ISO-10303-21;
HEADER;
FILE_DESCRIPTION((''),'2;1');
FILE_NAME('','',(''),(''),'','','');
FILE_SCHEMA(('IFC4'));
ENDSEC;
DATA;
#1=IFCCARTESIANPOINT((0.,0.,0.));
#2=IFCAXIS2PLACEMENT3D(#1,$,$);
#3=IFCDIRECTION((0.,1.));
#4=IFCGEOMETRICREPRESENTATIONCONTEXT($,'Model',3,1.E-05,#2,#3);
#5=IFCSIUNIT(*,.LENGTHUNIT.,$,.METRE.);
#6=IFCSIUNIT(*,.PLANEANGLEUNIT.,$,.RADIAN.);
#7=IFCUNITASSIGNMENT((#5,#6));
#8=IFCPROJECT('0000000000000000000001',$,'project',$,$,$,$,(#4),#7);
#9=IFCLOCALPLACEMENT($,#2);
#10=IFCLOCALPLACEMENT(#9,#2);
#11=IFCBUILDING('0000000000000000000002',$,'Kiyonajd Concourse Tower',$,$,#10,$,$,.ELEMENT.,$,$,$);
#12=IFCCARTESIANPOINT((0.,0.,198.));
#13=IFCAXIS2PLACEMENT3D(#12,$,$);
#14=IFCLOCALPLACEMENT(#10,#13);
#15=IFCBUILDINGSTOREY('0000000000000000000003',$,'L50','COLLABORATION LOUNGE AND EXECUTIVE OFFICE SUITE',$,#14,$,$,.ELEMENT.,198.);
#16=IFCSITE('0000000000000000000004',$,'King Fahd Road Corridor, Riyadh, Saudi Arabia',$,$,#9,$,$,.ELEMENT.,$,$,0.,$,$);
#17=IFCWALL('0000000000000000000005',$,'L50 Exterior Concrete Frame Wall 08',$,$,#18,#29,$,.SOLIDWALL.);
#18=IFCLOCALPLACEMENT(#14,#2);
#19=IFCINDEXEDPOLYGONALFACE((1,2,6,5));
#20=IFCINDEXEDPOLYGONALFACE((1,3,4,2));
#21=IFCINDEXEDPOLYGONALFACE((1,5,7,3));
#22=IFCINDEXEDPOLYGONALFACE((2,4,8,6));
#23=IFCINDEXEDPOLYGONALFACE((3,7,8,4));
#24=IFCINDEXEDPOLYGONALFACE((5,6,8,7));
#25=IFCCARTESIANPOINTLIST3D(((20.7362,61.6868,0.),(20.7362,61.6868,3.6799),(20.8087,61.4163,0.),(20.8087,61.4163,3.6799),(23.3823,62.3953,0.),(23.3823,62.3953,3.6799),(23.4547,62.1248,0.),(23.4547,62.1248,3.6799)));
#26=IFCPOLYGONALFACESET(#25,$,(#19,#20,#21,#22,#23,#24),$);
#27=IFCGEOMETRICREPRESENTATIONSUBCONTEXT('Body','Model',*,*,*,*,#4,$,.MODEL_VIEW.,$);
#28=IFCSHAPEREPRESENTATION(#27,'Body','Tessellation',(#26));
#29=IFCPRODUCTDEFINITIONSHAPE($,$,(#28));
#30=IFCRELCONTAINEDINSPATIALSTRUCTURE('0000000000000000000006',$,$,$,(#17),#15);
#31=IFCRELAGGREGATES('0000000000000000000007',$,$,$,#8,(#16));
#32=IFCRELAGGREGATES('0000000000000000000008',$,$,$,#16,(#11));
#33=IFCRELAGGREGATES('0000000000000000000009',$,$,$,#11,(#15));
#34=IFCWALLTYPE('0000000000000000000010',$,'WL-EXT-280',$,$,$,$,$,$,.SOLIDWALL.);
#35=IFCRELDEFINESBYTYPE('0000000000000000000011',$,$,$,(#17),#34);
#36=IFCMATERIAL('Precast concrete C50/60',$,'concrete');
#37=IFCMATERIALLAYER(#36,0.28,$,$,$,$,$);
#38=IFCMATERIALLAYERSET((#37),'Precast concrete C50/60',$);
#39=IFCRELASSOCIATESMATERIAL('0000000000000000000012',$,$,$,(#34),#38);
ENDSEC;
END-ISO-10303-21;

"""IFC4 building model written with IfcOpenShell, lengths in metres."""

from ifc_helpers import new_model, si_unit, direction, frame, frame_2d, origin, place, context, subcontext, project, spatial, rectangle, extrude, material, layer, layer_set, type_object, element, save


model = new_model("IFC4")

# Units and contexts
model_context = context("Model", 3, precision=1e-05, world=origin(), true_north=direction((0.0, 1.0)))
body_context = subcontext(model_context, "Body", "Model", "MODEL_VIEW")
ifc_project = project(units=[si_unit("LENGTHUNIT", "METRE"), si_unit("PLANEANGLEUNIT", "RADIAN")], contexts=[model_context])

# Site, building, storey
site_placement = place(None, origin())
site = spatial("IfcSite", under=ifc_project, at=site_placement, Name="King Fahd Road Corridor, Riyadh, Saudi Arabia", CompositionType="ELEMENT", RefElevation=0.0)
building_placement = place(site_placement, origin())
building = spatial("IfcBuilding", under=site, at=building_placement, Name="Kiyonajd Concourse Tower", CompositionType="ELEMENT")
storey_placement = place(building_placement, frame((0.0, 0.0, 198.0)))
storey = spatial("IfcBuildingStorey", under=building, at=storey_placement, Name="L50", Description="COLLABORATION LOUNGE AND EXECUTIVE OFFICE SUITE", CompositionType="ELEMENT", Elevation=198.0)

# Wall
ifc_material_1 = material(Name="Precast concrete C50/60", Category="concrete")
ifc_layer_1 = layer(ifc_material_1, 0.28)
ifc_layer_set_1 = layer_set([ifc_layer_1], Name="Precast concrete C50/60")
wall_type = type_object("IfcWallType", Name="WL-EXT-280", PredefinedType="SOLIDWALL", material=ifc_layer_set_1)
wall_1_placement = place(storey_placement, frame((20.7725, 61.5515, 0.0), z_axis=(0.0, 0.0, 1.0), x_axis=(0.965971, 0.25865, 0.0)))
element("IfcWall", 1, at=wall_1_placement, inside=storey, type_object=wall_type, Name="L50 Exterior Concrete Frame Wall 08", PredefinedType="SOLIDWALL", context=body_context, shape_type="SweptSolid", body=[
    extrude(rectangle(XDim=2.7393, YDim=0.28, at=frame_2d((1.3696, 0.0))), origin(), (0.0, 0.0, 1.0), 3.6799),
])

save(model, "model.ifc")
